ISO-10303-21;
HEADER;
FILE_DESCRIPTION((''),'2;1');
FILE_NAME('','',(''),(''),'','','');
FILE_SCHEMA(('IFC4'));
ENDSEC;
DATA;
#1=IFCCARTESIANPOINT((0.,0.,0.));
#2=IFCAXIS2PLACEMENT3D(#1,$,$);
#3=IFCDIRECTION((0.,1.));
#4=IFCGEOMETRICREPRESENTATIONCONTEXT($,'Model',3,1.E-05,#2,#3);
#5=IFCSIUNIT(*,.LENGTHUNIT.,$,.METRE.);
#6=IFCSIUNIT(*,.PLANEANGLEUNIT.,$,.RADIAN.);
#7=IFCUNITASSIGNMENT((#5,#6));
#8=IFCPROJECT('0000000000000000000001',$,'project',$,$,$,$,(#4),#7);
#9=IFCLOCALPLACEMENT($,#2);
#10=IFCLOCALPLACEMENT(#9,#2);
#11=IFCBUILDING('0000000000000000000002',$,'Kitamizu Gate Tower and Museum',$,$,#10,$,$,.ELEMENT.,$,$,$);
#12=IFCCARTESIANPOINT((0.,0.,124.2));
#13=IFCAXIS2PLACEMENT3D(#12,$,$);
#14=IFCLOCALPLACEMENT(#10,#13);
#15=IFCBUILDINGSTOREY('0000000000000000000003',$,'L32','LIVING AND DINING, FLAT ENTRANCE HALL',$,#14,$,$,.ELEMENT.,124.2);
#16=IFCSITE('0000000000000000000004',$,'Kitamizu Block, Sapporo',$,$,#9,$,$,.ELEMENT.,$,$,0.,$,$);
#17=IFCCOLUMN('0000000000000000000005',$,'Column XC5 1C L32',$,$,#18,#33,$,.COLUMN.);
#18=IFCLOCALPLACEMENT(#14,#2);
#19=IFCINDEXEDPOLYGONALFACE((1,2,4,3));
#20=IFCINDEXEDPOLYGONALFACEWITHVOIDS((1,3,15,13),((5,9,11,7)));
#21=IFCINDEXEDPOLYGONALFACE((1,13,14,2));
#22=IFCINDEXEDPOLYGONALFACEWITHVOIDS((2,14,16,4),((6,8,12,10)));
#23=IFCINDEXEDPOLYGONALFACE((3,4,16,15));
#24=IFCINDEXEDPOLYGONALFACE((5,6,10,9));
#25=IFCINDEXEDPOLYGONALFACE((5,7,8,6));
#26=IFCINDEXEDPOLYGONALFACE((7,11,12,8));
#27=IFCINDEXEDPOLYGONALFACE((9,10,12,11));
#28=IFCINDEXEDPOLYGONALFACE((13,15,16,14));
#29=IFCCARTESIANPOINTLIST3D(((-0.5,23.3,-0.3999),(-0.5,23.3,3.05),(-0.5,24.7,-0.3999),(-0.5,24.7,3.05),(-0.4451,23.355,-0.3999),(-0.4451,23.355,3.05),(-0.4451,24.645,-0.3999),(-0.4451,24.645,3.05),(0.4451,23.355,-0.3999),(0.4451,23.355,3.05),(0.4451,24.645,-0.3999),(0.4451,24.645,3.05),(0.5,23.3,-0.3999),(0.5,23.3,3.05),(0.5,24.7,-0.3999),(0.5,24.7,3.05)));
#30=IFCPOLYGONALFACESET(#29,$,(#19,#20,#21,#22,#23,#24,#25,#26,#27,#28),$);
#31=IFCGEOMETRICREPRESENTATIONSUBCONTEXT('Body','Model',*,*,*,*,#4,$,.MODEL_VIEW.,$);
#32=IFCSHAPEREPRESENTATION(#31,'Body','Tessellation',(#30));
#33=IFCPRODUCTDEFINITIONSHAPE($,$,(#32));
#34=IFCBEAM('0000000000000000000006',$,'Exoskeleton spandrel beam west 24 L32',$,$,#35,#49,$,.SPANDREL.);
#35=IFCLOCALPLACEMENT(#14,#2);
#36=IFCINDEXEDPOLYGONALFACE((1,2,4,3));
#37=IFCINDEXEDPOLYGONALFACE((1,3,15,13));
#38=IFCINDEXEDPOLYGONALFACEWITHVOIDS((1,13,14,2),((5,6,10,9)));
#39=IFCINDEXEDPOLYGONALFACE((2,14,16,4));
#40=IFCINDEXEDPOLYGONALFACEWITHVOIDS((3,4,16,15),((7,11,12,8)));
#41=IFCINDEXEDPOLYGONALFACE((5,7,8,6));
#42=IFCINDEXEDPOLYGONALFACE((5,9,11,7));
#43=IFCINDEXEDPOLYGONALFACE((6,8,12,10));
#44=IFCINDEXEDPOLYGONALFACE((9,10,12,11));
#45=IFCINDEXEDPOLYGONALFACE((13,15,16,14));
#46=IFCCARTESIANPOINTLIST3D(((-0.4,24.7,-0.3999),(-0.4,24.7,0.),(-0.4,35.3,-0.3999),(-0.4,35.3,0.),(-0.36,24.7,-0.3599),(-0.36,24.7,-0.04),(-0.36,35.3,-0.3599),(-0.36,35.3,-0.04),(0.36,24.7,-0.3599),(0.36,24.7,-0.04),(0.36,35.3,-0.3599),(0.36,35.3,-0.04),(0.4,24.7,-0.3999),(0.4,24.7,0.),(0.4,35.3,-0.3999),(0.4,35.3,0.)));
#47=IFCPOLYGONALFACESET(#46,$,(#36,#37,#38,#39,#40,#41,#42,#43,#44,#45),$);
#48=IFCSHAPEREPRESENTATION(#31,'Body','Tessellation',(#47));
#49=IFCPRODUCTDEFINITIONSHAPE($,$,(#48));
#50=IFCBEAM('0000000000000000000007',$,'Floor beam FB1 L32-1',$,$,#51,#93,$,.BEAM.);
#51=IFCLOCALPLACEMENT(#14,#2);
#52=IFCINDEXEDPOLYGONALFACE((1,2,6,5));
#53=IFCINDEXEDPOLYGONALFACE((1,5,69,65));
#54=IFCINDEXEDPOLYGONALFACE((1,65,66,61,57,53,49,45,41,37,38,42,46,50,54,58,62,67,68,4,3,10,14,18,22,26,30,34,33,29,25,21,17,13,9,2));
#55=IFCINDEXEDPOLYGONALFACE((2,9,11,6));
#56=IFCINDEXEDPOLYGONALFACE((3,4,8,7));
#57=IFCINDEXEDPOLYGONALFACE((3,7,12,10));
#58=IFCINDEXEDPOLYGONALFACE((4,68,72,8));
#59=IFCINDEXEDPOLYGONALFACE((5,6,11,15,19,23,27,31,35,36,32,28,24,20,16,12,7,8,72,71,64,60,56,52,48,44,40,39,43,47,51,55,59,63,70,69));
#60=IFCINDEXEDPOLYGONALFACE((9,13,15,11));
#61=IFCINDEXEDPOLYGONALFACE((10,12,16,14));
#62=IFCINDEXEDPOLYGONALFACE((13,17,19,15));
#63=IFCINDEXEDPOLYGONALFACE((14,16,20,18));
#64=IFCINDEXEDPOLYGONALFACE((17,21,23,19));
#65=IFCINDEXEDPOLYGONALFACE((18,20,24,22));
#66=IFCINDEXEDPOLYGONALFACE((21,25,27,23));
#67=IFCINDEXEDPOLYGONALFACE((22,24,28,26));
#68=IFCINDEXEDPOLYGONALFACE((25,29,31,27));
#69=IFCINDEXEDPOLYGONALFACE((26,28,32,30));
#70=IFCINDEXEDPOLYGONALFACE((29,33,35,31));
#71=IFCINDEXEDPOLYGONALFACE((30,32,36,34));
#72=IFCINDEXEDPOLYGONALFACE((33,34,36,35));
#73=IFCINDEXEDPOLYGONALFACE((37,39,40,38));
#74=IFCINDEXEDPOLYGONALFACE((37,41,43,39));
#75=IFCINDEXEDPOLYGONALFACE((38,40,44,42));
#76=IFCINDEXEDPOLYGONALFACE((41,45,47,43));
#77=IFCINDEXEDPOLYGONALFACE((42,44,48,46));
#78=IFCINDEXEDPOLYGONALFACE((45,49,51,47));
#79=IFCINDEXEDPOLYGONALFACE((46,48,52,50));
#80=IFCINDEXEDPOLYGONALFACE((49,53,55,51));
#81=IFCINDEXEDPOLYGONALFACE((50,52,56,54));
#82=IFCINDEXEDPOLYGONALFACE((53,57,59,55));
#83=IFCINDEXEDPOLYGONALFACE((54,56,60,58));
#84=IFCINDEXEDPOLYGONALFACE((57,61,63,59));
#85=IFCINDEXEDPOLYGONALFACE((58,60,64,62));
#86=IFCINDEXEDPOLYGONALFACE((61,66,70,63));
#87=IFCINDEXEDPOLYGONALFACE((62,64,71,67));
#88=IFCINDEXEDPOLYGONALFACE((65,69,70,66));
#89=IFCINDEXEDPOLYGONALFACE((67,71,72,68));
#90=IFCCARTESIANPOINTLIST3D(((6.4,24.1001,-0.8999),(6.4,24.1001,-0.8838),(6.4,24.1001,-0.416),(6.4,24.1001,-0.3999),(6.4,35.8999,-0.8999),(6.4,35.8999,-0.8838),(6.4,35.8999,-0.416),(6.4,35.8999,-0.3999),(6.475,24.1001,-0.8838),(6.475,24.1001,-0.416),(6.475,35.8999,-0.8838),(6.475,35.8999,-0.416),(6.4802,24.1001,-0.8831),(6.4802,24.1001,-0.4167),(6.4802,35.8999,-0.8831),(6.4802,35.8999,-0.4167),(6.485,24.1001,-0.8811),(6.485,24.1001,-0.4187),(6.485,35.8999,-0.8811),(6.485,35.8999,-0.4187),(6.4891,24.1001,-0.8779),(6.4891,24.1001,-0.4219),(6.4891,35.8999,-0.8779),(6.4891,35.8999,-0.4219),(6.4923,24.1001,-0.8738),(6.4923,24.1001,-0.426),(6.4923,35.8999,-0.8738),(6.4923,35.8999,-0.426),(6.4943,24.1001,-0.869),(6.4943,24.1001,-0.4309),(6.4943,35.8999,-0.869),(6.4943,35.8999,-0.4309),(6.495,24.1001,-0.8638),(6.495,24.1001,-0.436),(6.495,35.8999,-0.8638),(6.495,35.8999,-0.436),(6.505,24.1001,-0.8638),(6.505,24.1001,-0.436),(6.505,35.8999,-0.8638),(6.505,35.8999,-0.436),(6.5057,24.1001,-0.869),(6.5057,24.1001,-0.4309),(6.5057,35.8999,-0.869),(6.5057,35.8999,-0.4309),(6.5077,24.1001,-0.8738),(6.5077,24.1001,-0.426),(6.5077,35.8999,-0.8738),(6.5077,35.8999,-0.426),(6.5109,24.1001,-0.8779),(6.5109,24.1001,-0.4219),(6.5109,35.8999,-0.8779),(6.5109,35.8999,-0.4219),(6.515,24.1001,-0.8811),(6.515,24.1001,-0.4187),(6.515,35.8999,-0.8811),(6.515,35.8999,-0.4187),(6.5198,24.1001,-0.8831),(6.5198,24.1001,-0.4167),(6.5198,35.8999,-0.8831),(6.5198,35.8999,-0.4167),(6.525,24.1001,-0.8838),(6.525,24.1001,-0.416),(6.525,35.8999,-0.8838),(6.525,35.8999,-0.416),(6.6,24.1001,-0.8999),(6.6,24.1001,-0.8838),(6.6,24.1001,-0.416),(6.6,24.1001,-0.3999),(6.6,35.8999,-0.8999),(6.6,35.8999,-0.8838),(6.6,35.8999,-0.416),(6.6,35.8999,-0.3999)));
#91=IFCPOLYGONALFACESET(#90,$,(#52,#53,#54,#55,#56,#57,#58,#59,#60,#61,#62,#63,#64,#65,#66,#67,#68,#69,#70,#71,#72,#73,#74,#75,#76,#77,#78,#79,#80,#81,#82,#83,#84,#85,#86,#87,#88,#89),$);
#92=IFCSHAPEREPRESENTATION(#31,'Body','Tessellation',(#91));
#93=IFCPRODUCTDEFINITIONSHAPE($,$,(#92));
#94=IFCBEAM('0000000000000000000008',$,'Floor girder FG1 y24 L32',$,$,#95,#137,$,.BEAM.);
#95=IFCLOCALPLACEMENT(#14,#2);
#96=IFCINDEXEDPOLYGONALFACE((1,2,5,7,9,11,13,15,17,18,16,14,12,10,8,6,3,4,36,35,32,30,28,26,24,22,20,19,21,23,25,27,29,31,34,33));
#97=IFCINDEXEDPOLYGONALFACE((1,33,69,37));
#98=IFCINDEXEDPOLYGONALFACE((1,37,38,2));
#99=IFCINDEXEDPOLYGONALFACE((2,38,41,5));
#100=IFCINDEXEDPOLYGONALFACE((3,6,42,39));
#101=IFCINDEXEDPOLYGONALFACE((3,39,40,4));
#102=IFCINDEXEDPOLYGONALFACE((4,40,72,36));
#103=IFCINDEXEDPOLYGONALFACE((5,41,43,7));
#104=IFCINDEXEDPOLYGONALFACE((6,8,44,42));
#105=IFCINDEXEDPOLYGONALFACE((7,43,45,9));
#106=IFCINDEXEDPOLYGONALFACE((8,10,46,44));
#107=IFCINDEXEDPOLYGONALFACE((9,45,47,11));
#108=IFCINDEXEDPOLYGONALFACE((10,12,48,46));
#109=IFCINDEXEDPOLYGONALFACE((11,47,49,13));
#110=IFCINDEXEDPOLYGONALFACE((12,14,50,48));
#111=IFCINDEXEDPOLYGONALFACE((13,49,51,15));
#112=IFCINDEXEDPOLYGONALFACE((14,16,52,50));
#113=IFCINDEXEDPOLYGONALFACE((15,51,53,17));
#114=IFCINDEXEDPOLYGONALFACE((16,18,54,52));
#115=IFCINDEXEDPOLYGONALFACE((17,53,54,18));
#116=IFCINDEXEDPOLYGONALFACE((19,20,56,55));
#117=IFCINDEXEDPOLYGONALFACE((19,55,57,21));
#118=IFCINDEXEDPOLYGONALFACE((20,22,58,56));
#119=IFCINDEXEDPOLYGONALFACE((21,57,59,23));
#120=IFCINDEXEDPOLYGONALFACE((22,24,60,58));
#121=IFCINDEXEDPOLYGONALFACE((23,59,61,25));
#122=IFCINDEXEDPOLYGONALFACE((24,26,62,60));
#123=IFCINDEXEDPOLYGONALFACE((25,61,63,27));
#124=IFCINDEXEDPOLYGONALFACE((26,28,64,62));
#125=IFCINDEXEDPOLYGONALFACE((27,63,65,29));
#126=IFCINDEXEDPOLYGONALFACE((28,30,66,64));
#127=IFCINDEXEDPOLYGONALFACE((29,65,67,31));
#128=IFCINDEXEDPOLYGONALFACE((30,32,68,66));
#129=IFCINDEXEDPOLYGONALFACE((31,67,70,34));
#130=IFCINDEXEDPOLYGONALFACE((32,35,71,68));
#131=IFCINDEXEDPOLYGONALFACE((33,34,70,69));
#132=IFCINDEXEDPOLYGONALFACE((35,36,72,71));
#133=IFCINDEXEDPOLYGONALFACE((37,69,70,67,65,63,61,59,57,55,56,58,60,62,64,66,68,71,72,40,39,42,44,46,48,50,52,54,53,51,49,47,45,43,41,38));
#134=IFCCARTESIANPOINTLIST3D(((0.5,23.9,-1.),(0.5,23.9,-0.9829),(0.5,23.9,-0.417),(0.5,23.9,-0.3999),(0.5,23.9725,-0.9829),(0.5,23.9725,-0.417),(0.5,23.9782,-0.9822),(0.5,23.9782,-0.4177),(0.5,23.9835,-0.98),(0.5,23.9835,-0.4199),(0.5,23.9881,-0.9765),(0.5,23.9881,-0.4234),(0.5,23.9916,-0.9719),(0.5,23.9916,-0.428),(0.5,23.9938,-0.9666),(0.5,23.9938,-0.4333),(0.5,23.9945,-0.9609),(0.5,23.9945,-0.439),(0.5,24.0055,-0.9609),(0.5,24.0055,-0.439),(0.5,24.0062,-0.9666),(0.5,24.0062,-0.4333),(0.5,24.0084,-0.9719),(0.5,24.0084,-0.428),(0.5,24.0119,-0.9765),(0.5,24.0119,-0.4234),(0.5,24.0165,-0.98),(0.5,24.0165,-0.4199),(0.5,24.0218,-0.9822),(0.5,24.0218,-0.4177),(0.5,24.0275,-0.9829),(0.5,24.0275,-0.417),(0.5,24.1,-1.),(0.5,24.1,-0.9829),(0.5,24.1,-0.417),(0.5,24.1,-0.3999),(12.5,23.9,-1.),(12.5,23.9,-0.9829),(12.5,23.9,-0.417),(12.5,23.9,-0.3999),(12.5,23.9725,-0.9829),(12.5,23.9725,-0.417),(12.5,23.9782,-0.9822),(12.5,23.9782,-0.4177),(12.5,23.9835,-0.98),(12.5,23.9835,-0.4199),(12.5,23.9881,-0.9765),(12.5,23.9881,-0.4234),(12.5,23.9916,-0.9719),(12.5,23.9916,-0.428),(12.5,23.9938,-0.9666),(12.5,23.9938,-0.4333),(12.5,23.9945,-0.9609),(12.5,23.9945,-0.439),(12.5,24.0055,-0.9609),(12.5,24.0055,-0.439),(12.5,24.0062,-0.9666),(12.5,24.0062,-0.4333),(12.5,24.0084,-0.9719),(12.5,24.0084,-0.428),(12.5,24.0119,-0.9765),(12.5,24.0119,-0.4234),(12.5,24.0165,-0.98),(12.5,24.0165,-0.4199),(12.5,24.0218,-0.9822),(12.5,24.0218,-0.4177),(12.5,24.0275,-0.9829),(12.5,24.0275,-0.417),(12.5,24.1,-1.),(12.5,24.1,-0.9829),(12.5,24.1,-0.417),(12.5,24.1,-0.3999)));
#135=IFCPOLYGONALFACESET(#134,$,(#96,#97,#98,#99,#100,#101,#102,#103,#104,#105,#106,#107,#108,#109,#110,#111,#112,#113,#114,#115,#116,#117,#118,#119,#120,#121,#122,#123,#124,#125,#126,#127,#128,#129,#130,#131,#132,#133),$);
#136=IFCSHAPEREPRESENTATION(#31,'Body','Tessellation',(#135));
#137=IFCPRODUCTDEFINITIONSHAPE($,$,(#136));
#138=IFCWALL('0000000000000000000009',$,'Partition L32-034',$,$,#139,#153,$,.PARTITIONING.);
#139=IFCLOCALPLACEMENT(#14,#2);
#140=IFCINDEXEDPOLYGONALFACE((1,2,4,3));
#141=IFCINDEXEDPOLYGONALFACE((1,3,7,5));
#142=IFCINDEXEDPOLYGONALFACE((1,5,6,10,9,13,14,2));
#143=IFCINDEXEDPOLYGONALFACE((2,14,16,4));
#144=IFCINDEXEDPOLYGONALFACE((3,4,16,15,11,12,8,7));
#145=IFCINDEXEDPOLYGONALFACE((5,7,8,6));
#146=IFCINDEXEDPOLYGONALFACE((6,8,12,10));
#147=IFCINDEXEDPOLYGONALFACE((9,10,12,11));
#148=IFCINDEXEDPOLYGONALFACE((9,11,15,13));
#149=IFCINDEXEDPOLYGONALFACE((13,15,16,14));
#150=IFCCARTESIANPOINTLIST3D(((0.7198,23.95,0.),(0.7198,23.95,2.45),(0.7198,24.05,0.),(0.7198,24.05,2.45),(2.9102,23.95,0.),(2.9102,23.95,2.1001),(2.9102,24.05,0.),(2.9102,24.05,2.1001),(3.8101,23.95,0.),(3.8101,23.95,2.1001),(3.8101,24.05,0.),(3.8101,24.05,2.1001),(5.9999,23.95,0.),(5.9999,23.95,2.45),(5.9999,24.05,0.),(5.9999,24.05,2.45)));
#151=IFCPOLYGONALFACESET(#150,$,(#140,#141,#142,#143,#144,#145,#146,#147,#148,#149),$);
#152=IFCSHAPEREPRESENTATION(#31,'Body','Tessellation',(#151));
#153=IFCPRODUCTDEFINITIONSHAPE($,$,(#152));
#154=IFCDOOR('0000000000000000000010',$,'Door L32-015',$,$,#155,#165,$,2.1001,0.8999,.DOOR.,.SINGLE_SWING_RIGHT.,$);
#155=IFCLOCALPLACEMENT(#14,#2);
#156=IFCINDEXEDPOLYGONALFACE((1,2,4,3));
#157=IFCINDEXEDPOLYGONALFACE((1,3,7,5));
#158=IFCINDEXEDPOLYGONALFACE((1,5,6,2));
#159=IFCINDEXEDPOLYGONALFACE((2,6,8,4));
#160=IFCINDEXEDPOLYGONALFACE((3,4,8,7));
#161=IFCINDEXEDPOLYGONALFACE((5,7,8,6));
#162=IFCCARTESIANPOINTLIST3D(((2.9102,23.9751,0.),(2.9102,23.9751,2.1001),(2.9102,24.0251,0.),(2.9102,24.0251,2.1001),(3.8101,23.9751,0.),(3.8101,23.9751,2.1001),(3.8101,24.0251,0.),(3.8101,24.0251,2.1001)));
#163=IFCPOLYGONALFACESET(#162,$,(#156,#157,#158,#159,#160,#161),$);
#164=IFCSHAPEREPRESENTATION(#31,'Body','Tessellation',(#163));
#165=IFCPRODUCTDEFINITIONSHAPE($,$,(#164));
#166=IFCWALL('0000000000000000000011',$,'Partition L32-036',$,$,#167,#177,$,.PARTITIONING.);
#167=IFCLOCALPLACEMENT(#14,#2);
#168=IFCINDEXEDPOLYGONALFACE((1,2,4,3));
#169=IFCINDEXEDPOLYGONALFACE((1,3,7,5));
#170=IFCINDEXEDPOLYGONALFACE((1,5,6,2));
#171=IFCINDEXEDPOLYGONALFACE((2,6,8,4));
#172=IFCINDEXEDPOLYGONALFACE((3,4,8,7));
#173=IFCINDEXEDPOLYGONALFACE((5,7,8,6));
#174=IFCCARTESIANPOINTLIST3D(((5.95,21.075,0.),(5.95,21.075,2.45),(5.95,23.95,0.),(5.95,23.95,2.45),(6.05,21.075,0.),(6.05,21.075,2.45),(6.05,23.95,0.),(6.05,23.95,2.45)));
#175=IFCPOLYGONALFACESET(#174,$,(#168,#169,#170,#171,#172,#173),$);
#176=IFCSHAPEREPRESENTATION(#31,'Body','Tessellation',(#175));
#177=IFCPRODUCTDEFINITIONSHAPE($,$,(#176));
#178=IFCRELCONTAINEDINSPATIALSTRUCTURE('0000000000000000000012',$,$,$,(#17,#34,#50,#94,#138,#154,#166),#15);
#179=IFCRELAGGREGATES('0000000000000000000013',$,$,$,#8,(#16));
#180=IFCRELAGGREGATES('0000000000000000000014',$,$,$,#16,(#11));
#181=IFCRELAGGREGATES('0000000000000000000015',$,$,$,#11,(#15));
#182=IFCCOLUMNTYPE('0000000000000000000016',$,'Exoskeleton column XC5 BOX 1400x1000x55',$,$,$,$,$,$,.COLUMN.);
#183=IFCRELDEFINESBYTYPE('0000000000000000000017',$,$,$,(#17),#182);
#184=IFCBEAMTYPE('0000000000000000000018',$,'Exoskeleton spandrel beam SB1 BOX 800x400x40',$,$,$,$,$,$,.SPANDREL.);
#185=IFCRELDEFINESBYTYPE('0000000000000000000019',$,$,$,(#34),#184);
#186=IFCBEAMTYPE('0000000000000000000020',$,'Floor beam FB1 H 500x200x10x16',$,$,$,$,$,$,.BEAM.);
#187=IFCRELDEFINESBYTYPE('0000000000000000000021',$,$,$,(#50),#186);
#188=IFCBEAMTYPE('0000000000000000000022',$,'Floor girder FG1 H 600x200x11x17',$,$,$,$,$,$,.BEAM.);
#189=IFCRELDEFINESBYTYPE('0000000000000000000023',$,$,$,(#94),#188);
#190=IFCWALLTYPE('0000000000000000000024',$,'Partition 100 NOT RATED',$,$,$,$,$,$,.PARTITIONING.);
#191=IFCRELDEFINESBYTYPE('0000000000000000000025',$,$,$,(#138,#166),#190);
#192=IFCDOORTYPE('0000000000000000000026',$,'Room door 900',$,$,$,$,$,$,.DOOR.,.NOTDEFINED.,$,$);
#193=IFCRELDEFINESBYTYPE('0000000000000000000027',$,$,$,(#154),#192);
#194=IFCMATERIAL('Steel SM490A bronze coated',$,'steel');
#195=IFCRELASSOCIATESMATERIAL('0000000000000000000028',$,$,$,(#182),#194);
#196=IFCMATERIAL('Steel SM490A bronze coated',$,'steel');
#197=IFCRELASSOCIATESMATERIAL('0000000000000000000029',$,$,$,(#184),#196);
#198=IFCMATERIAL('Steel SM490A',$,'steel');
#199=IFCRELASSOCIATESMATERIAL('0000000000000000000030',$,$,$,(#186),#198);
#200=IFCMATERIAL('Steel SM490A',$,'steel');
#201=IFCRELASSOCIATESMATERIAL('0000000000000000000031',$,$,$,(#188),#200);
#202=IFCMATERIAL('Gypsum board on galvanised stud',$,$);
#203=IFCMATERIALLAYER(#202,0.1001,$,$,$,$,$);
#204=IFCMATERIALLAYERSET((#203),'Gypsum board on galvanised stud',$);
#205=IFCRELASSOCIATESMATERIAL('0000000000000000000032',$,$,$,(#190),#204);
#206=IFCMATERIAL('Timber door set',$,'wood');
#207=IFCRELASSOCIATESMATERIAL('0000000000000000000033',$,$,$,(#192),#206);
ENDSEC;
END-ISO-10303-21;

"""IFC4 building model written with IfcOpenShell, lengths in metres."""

from ifc_helpers import new_model, si_unit, direction, frame, frame_2d, origin, origin_2d, place, context, subcontext, project, spatial, rectangle, hollow_rectangle, i_section, extrude, material, layer, layer_set, material_profile, profile_set, type_object, element, fill, save


model = new_model("IFC4")

# Units and contexts
model_context = context("Model", 3, precision=1e-05, world=origin(), true_north=direction((0.0, 1.0)))
body_context = subcontext(model_context, "Body", "Model", "MODEL_VIEW")
ifc_project = project(units=[si_unit("LENGTHUNIT", "METRE"), si_unit("PLANEANGLEUNIT", "RADIAN")], contexts=[model_context])

# Site, building, storey
site_placement = place(None, origin())
site = spatial("IfcSite", under=ifc_project, at=site_placement, Name="Kitamizu Block, Sapporo", CompositionType="ELEMENT", RefElevation=0.0)
building_placement = place(site_placement, origin())
building = spatial("IfcBuilding", under=site, at=building_placement, Name="Kitamizu Gate Tower and Museum", CompositionType="ELEMENT")
storey_placement = place(building_placement, frame((0.0, 0.0, 124.2)))
storey = spatial("IfcBuildingStorey", under=building, at=storey_placement, Name="L32", Description="LIVING AND DINING, FLAT ENTRANCE HALL", CompositionType="ELEMENT", Elevation=124.2)

# Column
ifc_material_1 = material(Name="Steel SM490A bronze coated", Category="steel")
ifc_material_profile_1 = material_profile(ifc_material_1, hollow_rectangle(XDim=1.3999, YDim=1.0, WallThickness=0.0549, at=origin_2d()), Name="BOX 1400x1000x55")
ifc_profile_set_1 = profile_set([ifc_material_profile_1], Name="Steel SM490A bronze coated")
column_type = type_object("IfcColumnType", Name="Exoskeleton column XC5 BOX 1400x1000x55", PredefinedType="COLUMN", material=ifc_profile_set_1)
column_placement = place(storey_placement, frame((0.0, 24.0, -0.3999), z_axis=(0.0, 0.0, 1.0), x_axis=(0.0, 1.0, 0.0)))
element("IfcColumn", 1, at=column_placement, inside=storey, type_object=column_type, Name="Column XC5 1C L32", PredefinedType="COLUMN", context=body_context, shape_type="SweptSolid", body=[
    extrude(hollow_rectangle(XDim=1.3999, YDim=1.0, WallThickness=0.0549, at=origin_2d()), origin(), (0.0, 0.0, 1.0), 3.45),
])

# Beams
ifc_material_2 = material(Name="Steel SM490A bronze coated", Category="steel")
ifc_material_profile_2 = material_profile(ifc_material_2, hollow_rectangle(XDim=0.8, YDim=0.3999, WallThickness=0.04, at=origin_2d()), Name="BOX 800x400x40")
ifc_profile_set_2 = profile_set([ifc_material_profile_2], Name="Steel SM490A bronze coated")
beam_type_1 = type_object("IfcBeamType", Name="Exoskeleton spandrel beam SB1 BOX 800x400x40", PredefinedType="SPANDREL", material=ifc_profile_set_2)
beam_1_placement = place(storey_placement, frame((0.0, 24.7, -0.2), z_axis=(0.0, 1.0, 0.0), x_axis=(-1.0, 0.0, 0.0)))
element("IfcBeam", 2, at=beam_1_placement, inside=storey, type_object=beam_type_1, Name="Exoskeleton spandrel beam west 24 L32", PredefinedType="SPANDREL", context=body_context, shape_type="SweptSolid", body=[
    extrude(hollow_rectangle(XDim=0.8, YDim=0.3999, WallThickness=0.04, at=origin_2d()), origin(), (0.0, 0.0, 1.0), 10.6001),
])
ifc_material_3 = material(Name="Steel SM490A", Category="steel")
ifc_material_profile_3 = material_profile(ifc_material_3, i_section(OverallWidth=0.2, OverallDepth=0.5, WebThickness=0.01, FlangeThickness=0.0161, FilletRadius=0.02, at=origin_2d()), Name="H-500x200x10x16")
ifc_profile_set_3 = profile_set([ifc_material_profile_3], Name="Steel SM490A")
beam_type_2 = type_object("IfcBeamType", Name="Floor beam FB1 H 500x200x10x16", PredefinedType="BEAM", material=ifc_profile_set_3)
beam_2_placement = place(storey_placement, frame((6.5, 24.1001, -0.6499), z_axis=(0.0, 1.0, 0.0), x_axis=(-1.0, 0.0, 0.0)))
element("IfcBeam", 3, at=beam_2_placement, inside=storey, type_object=beam_type_2, Name="Floor beam FB1 L32-1", PredefinedType="BEAM", context=body_context, shape_type="SweptSolid", body=[
    extrude(i_section(OverallWidth=0.2, OverallDepth=0.5, WebThickness=0.01, FlangeThickness=0.0161, FilletRadius=0.02, at=origin_2d()), origin(), (0.0, 0.0, 1.0), 11.7998),
])
ifc_material_4 = material(Name="Steel SM490A", Category="steel")
ifc_material_profile_4 = material_profile(ifc_material_4, i_section(OverallWidth=0.2, OverallDepth=0.6001, WebThickness=0.011, FlangeThickness=0.0171, FilletRadius=0.022, at=origin_2d()), Name="H-600x200x11x17")
ifc_profile_set_4 = profile_set([ifc_material_profile_4], Name="Steel SM490A")
beam_type_3 = type_object("IfcBeamType", Name="Floor girder FG1 H 600x200x11x17", PredefinedType="BEAM", material=ifc_profile_set_4)
beam_3_placement = place(storey_placement, frame((0.5, 24.0, -0.7), z_axis=(1.0, 0.0, 0.0), x_axis=(0.0, 1.0, 0.0)))
element("IfcBeam", 4, at=beam_3_placement, inside=storey, type_object=beam_type_3, Name="Floor girder FG1 y24 L32", PredefinedType="BEAM", context=body_context, shape_type="SweptSolid", body=[
    extrude(i_section(OverallWidth=0.2, OverallDepth=0.6001, WebThickness=0.011, FlangeThickness=0.0171, FilletRadius=0.022, at=origin_2d()), origin(), (0.0, 0.0, 1.0), 12.0),
])

# Wall, opening, door
ifc_material_5 = material(Name="Gypsum board on galvanised stud")
ifc_layer_1 = layer(ifc_material_5, 0.1001)
ifc_layer_set_1 = layer_set([ifc_layer_1], Name="Gypsum board on galvanised stud")
wall_type_1 = type_object("IfcWallType", Name="Partition 100 NOT RATED", PredefinedType="PARTITIONING", material=ifc_layer_set_1)
wall_1_placement = place(storey_placement, frame((6.0, 24.0, 0.0), z_axis=(0.0, 0.0, 1.0), x_axis=(-1.0, 0.0, 0.0)))
wall_1 = element("IfcWall", 5, at=wall_1_placement, inside=storey, type_object=wall_type_1, Name="Partition L32-034", PredefinedType="PARTITIONING", context=body_context, shape_type="SweptSolid", body=[
    extrude(rectangle(XDim=5.28, YDim=0.1001, at=frame_2d((2.6401, 0.0))), origin(), (0.0, 0.0, 1.0), 2.45),
])
opening_1_placement = place(wall_1_placement, frame((2.1899, 0.0, 0.0)))
opening_1 = element("IfcOpeningElement", 6, at=opening_1_placement, cuts=wall_1, PredefinedType="OPENING", context=body_context, shape_type="SweptSolid", body=[
    extrude(rectangle(XDim=0.8999, YDim=2.1001, at=frame_2d((0.45, 1.05))), frame((0.0, 0.0601, 0.0), z_axis=(0.0, -1.0, 0.0), x_axis=(1.0, 0.0, 0.0)), (0.0, 0.0, 1.0), 0.1201),
])
ifc_material_6 = material(Name="Timber door set", Category="wood")
door_type_1 = type_object("IfcDoorType", Name="Room door 900", OperationType="NOTDEFINED", PredefinedType="DOOR", material=ifc_material_6)
door_1_placement = place(opening_1_placement, origin())
door_1 = element("IfcDoor", 7, at=door_1_placement, inside=storey, type_object=door_type_1, Name="Door L32-015", OperationType="SINGLE_SWING_RIGHT", OverallHeight=2.1001, OverallWidth=0.8999, PredefinedType="DOOR", context=body_context, shape_type="SweptSolid", body=[
    extrude(rectangle(XDim=0.8999, YDim=2.1001, at=frame_2d((0.45, 1.05))), frame((0.0, 0.0249, 0.0), z_axis=(0.0, -1.0, 0.0), x_axis=(1.0, 0.0, 0.0)), (0.0, 0.0, 1.0), 0.05),
])
fill(opening_1, door_1)

# Wall
wall_2_placement = place(storey_placement, frame((6.0, 21.075, 0.0), z_axis=(0.0, 0.0, 1.0), x_axis=(0.0, 1.0, 0.0)))
element("IfcWall", 8, at=wall_2_placement, inside=storey, type_object=wall_type_1, Name="Partition L32-036", PredefinedType="PARTITIONING", context=body_context, shape_type="SweptSolid", body=[
    extrude(rectangle(XDim=2.875, YDim=0.1001, at=frame_2d((1.4375, 0.0))), origin(), (0.0, 0.0, 1.0), 2.45),
])

save(model, "model.ifc")
